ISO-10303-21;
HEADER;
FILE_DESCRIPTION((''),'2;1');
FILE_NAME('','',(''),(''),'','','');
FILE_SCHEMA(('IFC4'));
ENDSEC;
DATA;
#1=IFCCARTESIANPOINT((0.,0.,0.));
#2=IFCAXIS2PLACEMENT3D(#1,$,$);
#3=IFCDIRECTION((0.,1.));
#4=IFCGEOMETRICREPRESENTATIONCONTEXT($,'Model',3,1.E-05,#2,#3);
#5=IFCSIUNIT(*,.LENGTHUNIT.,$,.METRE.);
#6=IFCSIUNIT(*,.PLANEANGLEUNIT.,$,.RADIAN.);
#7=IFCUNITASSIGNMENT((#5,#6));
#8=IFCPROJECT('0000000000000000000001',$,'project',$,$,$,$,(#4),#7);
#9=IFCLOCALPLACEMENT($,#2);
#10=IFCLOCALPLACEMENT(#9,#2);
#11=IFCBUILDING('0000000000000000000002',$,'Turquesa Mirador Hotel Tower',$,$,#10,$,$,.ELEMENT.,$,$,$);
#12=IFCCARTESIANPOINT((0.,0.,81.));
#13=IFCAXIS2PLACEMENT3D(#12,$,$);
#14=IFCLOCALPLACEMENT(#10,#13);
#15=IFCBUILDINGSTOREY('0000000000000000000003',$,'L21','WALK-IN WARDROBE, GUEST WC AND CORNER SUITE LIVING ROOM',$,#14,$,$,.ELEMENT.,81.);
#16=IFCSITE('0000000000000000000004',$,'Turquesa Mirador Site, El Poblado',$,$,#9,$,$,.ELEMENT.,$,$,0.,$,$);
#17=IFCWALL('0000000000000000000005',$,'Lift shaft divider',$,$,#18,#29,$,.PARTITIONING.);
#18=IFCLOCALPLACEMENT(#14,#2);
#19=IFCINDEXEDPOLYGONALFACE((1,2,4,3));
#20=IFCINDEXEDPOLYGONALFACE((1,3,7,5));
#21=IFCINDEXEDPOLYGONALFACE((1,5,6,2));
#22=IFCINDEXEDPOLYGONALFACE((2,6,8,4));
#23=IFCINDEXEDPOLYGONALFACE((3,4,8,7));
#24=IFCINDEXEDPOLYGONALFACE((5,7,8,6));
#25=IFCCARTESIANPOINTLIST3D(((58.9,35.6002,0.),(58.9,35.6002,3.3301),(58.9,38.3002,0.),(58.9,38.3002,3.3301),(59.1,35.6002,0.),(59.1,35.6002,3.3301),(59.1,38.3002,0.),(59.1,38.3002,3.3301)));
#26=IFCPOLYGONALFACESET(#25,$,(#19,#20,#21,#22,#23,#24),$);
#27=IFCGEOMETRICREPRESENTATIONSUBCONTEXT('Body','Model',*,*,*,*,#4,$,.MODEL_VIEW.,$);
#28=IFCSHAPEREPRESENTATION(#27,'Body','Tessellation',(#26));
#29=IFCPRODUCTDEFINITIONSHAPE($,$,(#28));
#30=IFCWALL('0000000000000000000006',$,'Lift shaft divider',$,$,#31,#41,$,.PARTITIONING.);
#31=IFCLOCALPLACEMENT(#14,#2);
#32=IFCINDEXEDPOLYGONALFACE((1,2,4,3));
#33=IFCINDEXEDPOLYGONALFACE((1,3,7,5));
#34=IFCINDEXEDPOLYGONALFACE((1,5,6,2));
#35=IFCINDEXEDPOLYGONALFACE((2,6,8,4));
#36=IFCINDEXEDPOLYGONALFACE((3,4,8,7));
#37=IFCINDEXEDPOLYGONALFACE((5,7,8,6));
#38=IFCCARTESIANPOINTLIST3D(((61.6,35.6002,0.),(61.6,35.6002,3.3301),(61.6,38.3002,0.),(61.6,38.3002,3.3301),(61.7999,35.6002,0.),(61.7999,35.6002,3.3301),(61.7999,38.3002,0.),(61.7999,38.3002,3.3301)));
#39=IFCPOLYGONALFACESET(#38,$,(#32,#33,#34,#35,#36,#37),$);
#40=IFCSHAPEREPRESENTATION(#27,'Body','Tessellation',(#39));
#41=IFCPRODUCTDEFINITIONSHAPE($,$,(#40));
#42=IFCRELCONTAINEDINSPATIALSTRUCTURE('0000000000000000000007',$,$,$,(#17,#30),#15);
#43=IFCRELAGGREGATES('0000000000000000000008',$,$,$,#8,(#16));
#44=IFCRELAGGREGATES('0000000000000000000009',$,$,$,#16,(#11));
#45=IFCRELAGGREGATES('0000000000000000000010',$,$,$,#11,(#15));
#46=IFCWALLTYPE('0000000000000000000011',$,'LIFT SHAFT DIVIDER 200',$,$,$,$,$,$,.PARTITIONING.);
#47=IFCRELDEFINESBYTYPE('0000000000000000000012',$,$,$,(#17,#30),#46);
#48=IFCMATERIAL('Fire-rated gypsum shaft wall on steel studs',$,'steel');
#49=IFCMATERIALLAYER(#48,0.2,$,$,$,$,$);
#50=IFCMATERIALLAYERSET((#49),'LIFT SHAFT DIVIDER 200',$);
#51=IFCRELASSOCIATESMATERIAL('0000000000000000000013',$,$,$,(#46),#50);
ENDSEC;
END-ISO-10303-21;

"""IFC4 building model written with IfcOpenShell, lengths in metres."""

from ifc_helpers import new_model, si_unit, direction, frame, frame_2d, origin, place, context, subcontext, project, spatial, rectangle, extrude, material, layer, layer_set, type_object, element, save


model = new_model("IFC4")

# Units and contexts
model_context = context("Model", 3, precision=1e-05, world=origin(), true_north=direction((0.0, 1.0)))
body_context = subcontext(model_context, "Body", "Model", "MODEL_VIEW")
ifc_project = project(units=[si_unit("LENGTHUNIT", "METRE"), si_unit("PLANEANGLEUNIT", "RADIAN")], contexts=[model_context])

# Site, building, storey
site_placement = place(None, origin())
site = spatial("IfcSite", under=ifc_project, at=site_placement, Name="Turquesa Mirador Site, El Poblado", CompositionType="ELEMENT", RefElevation=0.0)
building_placement = place(site_placement, origin())
building = spatial("IfcBuilding", under=site, at=building_placement, Name="Turquesa Mirador Hotel Tower", CompositionType="ELEMENT")
storey_placement = place(building_placement, frame((0.0, 0.0, 81.0)))
storey = spatial("IfcBuildingStorey", under=building, at=storey_placement, Name="L21", Description="WALK-IN WARDROBE, GUEST WC AND CORNER SUITE LIVING ROOM", CompositionType="ELEMENT", Elevation=81.0)

# Walls
ifc_material_1 = material(Name="Fire-rated gypsum shaft wall on steel studs", Category="steel")
ifc_layer_1 = layer(ifc_material_1, 0.2)
ifc_layer_set_1 = layer_set([ifc_layer_1], Name="LIFT SHAFT DIVIDER 200")
wall_type_1 = type_object("IfcWallType", Name="LIFT SHAFT DIVIDER 200", PredefinedType="PARTITIONING", material=ifc_layer_set_1)
for number, where, z_axis, x_axis, name in (
    (1, (59.0, 35.6001, 0.0), (0.0, 0.0, 1.0), (0.0, 1.0, 0.0), "Lift shaft divider"),
    (2, (61.7, 35.6001, 0.0), (0.0, 0.0, 1.0), (0.0, 1.0, 0.0), "Lift shaft divider"),
):
    element("IfcWall", number, at=place(storey_placement, frame(where, z_axis=z_axis, x_axis=x_axis)), inside=storey, type_object=wall_type_1, Name=name, PredefinedType="PARTITIONING", context=body_context, shape_type="SweptSolid", body=[
        extrude(rectangle(XDim=2.7, YDim=0.2, at=frame_2d((1.3501, 0.0))), origin(), (0.0, 0.0, 1.0), 3.3301),
    ])

save(model, "model.ifc")
